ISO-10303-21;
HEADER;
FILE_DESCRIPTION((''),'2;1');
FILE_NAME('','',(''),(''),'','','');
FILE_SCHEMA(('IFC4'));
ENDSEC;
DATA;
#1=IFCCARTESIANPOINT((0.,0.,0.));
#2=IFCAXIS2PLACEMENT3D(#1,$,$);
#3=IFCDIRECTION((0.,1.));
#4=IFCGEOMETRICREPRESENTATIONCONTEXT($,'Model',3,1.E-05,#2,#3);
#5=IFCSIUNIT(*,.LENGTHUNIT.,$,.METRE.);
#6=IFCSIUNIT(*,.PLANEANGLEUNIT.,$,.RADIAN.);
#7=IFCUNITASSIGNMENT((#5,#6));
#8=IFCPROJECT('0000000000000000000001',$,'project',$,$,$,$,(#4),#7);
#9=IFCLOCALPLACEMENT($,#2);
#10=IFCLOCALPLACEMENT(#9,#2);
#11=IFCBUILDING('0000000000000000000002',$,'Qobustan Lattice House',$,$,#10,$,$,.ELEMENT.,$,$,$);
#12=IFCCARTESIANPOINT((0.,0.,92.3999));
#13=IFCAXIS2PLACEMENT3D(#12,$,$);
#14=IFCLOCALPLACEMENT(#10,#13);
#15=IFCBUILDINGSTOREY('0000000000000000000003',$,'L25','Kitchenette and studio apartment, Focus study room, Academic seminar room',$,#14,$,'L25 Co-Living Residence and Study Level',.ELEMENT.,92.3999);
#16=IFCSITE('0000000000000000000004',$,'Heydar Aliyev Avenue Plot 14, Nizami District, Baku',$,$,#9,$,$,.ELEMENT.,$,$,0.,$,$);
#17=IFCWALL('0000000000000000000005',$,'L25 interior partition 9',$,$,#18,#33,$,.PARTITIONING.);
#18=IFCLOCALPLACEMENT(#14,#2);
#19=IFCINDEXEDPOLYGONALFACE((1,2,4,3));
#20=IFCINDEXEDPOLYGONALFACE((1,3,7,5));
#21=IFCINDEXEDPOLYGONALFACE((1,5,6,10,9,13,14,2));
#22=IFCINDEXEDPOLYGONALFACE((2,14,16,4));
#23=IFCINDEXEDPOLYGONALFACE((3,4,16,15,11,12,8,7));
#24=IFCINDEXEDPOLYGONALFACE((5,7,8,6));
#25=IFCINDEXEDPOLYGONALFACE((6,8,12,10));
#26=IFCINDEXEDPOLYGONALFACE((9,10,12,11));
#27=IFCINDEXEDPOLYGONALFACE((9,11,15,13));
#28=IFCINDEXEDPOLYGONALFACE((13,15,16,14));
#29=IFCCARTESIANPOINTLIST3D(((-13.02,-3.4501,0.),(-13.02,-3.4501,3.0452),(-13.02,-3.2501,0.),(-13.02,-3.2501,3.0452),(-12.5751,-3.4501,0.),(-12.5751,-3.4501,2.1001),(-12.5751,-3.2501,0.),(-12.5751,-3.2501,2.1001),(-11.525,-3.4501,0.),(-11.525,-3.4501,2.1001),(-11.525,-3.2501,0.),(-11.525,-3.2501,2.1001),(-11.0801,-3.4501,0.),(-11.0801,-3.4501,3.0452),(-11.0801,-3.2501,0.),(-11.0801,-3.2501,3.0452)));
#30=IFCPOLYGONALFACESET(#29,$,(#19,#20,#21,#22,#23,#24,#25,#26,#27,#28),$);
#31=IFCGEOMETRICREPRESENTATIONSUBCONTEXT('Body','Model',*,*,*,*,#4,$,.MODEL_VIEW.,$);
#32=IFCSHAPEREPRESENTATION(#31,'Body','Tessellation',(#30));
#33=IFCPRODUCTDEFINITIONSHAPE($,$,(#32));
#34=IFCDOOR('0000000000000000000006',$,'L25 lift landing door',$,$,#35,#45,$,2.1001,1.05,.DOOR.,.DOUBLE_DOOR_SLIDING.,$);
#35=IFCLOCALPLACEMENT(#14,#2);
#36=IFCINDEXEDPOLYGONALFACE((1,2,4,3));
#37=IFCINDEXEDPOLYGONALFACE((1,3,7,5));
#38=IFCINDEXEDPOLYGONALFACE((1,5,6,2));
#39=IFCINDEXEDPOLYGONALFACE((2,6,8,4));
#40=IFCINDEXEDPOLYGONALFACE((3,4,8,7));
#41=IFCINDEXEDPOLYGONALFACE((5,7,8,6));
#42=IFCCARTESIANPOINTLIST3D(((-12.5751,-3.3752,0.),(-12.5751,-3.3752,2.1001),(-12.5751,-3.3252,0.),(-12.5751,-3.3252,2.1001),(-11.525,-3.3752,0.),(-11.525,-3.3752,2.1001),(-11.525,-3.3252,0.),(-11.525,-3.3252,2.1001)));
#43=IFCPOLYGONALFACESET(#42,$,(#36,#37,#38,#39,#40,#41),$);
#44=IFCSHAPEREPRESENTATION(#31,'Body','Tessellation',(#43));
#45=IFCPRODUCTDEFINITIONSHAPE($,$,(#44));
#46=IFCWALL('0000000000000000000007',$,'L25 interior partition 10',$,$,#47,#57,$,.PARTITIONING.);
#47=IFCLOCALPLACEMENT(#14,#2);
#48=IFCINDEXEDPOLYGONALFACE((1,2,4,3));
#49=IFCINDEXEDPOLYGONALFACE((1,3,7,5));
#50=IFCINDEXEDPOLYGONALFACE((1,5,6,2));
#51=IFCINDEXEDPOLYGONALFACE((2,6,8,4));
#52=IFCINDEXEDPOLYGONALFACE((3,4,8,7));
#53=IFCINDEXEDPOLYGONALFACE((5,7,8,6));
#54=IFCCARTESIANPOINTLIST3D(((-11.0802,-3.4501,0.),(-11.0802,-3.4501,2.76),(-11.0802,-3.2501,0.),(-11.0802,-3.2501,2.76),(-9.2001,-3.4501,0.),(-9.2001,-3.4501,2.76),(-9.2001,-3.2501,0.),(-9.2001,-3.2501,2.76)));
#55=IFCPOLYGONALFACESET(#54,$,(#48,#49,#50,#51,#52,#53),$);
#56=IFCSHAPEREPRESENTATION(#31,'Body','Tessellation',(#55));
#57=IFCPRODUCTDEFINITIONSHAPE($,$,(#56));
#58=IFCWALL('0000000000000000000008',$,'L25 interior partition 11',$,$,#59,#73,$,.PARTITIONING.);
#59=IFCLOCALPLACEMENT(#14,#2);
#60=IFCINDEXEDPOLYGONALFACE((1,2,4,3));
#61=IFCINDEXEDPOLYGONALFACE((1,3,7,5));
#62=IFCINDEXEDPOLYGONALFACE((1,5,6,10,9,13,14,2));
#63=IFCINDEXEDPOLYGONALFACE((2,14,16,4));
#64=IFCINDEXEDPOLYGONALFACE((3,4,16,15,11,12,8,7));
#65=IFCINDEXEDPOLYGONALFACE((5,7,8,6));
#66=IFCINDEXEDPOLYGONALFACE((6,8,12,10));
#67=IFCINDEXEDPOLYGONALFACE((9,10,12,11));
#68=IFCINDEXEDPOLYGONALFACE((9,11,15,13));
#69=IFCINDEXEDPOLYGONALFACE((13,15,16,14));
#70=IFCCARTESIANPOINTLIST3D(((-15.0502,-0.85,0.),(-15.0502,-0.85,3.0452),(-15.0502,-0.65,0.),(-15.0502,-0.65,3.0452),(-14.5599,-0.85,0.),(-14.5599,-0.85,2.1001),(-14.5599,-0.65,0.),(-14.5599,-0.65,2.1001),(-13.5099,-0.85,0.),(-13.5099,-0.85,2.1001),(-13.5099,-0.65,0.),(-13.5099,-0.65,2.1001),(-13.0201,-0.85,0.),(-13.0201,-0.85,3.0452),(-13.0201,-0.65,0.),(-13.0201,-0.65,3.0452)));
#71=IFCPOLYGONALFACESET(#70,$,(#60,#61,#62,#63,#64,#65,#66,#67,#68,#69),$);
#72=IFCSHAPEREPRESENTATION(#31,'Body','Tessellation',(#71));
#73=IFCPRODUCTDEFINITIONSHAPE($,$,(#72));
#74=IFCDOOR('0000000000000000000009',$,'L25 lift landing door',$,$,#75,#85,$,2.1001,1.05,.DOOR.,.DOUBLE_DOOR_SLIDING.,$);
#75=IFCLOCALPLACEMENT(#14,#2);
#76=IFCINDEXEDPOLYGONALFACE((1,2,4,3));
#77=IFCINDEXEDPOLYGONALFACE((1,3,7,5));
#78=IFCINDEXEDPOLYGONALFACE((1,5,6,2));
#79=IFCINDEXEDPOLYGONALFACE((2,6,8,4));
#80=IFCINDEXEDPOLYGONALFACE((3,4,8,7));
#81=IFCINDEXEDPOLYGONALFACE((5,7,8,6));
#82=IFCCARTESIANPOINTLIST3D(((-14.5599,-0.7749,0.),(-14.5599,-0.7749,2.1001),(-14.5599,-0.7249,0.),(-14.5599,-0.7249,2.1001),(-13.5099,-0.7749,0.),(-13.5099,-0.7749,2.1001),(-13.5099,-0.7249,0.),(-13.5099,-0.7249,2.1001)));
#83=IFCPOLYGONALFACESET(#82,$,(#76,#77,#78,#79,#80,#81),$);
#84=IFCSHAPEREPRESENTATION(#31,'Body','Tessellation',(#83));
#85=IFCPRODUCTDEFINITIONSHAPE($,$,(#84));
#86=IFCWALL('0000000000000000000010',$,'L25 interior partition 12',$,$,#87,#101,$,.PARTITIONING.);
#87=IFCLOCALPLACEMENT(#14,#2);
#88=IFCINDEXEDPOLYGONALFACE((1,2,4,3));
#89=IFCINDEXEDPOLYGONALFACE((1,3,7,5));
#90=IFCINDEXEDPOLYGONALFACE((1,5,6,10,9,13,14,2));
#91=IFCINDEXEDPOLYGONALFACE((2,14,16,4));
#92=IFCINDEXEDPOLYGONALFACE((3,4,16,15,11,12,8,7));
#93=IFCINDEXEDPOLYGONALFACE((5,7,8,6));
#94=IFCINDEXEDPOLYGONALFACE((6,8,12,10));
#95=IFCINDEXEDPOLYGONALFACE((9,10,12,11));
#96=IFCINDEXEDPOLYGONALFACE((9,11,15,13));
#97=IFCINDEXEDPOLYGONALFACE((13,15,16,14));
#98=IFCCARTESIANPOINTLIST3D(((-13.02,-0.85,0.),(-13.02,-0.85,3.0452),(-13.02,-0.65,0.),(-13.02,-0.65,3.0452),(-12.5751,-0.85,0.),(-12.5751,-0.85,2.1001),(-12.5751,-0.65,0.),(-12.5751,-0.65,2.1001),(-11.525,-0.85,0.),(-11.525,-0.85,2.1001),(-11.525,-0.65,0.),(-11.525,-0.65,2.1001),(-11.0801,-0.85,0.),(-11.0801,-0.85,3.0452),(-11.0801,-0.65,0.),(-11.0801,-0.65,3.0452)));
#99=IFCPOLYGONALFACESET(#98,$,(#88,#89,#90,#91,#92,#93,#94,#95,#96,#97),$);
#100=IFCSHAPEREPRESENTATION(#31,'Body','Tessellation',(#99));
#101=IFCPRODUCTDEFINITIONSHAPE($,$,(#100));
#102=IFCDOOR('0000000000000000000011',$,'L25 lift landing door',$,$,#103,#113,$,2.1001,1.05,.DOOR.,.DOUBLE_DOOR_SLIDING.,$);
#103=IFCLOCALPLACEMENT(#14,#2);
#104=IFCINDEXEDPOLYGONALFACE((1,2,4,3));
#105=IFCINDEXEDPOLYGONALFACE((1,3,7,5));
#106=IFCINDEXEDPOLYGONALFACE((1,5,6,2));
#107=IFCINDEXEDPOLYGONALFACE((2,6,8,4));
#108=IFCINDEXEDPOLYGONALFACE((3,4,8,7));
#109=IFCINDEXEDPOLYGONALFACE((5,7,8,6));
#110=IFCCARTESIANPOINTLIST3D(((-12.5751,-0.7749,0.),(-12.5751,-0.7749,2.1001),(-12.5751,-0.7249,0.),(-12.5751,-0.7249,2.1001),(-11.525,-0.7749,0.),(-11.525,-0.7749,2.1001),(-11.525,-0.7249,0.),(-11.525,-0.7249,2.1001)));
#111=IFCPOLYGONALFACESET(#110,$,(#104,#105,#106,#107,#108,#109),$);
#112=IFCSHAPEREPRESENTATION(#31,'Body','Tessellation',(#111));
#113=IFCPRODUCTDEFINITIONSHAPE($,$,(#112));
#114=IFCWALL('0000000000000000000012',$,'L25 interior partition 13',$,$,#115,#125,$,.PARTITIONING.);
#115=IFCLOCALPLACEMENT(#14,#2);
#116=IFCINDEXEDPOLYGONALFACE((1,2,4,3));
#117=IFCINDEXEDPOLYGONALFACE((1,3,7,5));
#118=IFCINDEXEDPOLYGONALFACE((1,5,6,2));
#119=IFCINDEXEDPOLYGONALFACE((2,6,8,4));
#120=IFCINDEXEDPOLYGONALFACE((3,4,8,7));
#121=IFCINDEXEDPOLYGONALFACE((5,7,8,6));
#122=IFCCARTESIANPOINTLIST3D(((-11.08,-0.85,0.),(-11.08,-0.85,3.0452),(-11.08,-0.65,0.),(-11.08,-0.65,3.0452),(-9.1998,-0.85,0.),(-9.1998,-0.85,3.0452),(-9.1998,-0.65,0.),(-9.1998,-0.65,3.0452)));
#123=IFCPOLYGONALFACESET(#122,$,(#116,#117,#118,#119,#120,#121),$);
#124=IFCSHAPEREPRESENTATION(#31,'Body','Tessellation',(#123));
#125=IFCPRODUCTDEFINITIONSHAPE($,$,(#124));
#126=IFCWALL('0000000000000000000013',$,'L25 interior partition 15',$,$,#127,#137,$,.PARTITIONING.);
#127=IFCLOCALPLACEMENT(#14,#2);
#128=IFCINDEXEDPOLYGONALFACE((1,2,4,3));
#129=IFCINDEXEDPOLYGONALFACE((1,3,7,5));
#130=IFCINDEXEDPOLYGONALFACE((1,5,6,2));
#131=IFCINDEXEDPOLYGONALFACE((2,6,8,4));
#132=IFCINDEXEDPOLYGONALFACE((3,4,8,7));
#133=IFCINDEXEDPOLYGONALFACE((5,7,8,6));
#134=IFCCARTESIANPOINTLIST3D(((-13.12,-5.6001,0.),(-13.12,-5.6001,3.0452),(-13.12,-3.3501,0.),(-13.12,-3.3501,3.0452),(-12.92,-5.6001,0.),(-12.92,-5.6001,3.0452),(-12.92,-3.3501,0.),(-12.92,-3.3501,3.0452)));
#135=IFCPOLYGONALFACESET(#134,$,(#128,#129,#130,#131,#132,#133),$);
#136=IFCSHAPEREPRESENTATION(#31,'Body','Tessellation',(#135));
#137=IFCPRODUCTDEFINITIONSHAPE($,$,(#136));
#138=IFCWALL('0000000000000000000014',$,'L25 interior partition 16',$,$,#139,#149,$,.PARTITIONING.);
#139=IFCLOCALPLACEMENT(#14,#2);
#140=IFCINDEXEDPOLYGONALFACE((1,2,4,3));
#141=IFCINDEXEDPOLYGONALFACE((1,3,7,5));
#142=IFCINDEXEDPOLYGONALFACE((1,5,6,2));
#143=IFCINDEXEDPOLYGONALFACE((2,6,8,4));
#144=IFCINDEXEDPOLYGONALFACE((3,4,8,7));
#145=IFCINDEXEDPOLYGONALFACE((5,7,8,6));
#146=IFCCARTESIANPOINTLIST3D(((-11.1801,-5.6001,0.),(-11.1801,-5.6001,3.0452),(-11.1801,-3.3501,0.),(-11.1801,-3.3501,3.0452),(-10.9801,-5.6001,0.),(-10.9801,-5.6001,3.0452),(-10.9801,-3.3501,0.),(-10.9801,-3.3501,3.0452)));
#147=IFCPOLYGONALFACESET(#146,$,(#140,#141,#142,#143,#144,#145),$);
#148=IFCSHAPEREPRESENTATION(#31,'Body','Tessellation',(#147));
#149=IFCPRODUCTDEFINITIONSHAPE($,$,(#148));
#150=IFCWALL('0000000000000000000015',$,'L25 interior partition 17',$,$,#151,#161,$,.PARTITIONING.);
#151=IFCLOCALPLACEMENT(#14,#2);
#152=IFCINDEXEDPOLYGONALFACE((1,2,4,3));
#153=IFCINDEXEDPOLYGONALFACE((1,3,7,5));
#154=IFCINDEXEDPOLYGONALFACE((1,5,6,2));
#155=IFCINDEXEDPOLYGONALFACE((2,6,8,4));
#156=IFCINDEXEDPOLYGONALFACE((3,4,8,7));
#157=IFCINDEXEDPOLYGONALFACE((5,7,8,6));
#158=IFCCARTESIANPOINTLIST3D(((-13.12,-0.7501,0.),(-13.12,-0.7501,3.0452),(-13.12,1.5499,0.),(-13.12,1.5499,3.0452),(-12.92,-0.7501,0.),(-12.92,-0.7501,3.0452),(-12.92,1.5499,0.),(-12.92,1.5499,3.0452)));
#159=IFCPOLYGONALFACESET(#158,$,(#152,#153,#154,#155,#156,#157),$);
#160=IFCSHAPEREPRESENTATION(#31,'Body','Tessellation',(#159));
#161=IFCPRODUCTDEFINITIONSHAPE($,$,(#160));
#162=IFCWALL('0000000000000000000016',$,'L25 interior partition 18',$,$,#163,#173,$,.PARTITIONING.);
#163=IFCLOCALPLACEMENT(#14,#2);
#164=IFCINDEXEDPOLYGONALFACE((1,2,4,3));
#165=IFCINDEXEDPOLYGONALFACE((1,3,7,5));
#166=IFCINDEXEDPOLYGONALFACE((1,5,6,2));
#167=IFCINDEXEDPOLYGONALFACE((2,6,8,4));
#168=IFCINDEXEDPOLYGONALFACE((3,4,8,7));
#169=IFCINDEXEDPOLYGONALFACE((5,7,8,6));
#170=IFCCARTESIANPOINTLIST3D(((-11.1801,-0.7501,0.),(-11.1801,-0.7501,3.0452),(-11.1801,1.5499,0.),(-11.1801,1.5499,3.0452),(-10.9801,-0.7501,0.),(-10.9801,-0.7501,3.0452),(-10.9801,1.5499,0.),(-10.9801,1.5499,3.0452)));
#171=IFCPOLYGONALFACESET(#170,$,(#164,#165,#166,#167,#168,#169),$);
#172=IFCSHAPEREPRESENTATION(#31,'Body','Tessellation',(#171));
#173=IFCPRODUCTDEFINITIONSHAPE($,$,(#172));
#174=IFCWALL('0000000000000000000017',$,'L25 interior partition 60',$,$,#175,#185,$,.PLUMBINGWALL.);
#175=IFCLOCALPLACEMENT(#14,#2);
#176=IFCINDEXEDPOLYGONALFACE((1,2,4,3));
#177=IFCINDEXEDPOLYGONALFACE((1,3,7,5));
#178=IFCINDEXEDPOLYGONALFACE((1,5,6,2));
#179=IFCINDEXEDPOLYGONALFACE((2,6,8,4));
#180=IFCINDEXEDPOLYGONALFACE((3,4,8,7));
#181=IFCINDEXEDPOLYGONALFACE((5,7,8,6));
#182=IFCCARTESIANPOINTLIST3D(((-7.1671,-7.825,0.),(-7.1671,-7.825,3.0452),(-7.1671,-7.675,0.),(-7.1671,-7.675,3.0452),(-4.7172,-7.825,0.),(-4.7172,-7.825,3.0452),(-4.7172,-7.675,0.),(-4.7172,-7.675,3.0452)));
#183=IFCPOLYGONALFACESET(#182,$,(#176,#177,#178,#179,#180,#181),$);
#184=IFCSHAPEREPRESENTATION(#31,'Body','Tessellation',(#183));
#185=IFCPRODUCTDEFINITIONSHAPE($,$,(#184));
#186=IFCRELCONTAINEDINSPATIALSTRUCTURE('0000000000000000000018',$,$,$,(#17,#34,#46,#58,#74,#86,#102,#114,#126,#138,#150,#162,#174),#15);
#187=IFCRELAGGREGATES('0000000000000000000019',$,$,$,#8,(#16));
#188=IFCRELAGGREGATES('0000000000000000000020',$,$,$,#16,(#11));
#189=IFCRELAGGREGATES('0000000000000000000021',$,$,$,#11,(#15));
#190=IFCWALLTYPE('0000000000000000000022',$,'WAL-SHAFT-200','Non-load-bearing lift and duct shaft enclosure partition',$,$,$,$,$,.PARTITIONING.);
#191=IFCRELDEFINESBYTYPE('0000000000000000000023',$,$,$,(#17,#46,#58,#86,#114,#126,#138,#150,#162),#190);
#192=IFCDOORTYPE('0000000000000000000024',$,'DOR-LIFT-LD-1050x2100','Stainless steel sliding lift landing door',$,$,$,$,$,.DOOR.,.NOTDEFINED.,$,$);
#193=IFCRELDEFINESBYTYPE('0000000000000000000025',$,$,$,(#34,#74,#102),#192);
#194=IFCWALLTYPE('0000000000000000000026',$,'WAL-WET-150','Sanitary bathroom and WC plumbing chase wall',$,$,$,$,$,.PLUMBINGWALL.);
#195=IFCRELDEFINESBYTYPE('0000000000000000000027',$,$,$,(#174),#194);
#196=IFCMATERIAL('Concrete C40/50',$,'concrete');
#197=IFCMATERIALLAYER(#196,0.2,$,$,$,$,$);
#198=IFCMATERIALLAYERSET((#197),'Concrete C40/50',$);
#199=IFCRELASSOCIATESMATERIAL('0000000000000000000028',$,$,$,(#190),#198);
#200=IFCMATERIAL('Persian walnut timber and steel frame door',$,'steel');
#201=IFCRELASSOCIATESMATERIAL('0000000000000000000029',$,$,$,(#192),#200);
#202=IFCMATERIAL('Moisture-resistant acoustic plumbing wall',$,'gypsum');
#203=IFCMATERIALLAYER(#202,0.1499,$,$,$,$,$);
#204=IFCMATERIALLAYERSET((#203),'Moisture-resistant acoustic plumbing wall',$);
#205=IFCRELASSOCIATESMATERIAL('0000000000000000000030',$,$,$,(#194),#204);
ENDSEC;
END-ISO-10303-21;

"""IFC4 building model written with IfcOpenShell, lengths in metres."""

from ifc_helpers import new_model, si_unit, direction, frame, frame_2d, origin, place, context, subcontext, project, spatial, rectangle, extrude, material, layer, layer_set, type_object, element, fill, save


model = new_model("IFC4")

# Units and contexts
model_context = context("Model", 3, precision=1e-05, world=origin(), true_north=direction((0.0, 1.0)))
body_context = subcontext(model_context, "Body", "Model", "MODEL_VIEW")
ifc_project = project(units=[si_unit("LENGTHUNIT", "METRE"), si_unit("PLANEANGLEUNIT", "RADIAN")], contexts=[model_context])

# Site, building, storey
site_placement = place(None, origin())
site = spatial("IfcSite", under=ifc_project, at=site_placement, Name="Heydar Aliyev Avenue Plot 14, Nizami District, Baku", CompositionType="ELEMENT", RefElevation=0.0)
building_placement = place(site_placement, origin())
building = spatial("IfcBuilding", under=site, at=building_placement, Name="Qobustan Lattice House", CompositionType="ELEMENT")
storey_placement = place(building_placement, frame((0.0, 0.0, 92.3999)))
storey = spatial("IfcBuildingStorey", under=building, at=storey_placement, Name="L25", Description="Kitchenette and studio apartment, Focus study room, Academic seminar room", LongName="L25 Co-Living Residence and Study Level", CompositionType="ELEMENT", Elevation=92.3999)

# Wall, opening, door
ifc_material_1 = material(Name="Concrete C40/50", Category="concrete")
ifc_layer_1 = layer(ifc_material_1, 0.2)
ifc_layer_set_1 = layer_set([ifc_layer_1], Name="Concrete C40/50")
wall_type_1 = type_object("IfcWallType", Name="WAL-SHAFT-200", Description="Non-load-bearing lift and duct shaft enclosure partition", PredefinedType="PARTITIONING", material=ifc_layer_set_1)
wall_1_placement = place(storey_placement, frame((-13.02, -3.3501, 0.0), z_axis=(0.0, 0.0, 1.0), x_axis=(1.0, 0.0, 0.0)))
wall_1 = element("IfcWall", 1, at=wall_1_placement, inside=storey, type_object=wall_type_1, Name="L25 interior partition 9", PredefinedType="PARTITIONING", context=body_context, shape_type="SweptSolid", body=[
    extrude(rectangle(XDim=1.9399, YDim=0.2, at=frame_2d((0.97, 0.0))), origin(), (0.0, 0.0, 1.0), 3.0452),
])
opening_1_placement = place(wall_1_placement, frame((0.4451, 0.0, 0.0)))
opening_1 = element("IfcOpeningElement", 2, at=opening_1_placement, cuts=wall_1, PredefinedType="OPENING", context=body_context, shape_type="SweptSolid", body=[
    extrude(rectangle(XDim=1.05, YDim=2.1001, at=frame_2d((0.5249, 1.05))), frame((0.0, 0.1099, 0.0), z_axis=(0.0, -1.0, 0.0), x_axis=(1.0, 0.0, 0.0)), (0.0, 0.0, 1.0), 0.22),
])
ifc_material_2 = material(Name="Persian walnut timber and steel frame door", Category="steel")
door_type_1 = type_object("IfcDoorType", Name="DOR-LIFT-LD-1050x2100", Description="Stainless steel sliding lift landing door", OperationType="NOTDEFINED", PredefinedType="DOOR", material=ifc_material_2)
door_1_placement = place(opening_1_placement, origin())
door_1 = element("IfcDoor", 3, at=door_1_placement, inside=storey, type_object=door_type_1, Name="L25 lift landing door", OperationType="DOUBLE_DOOR_SLIDING", OverallHeight=2.1001, OverallWidth=1.05, PredefinedType="DOOR", context=body_context, shape_type="SweptSolid", body=[
    extrude(rectangle(XDim=1.05, YDim=2.1001, at=frame_2d((0.5249, 1.05))), frame((0.0, 0.0249, 0.0), z_axis=(0.0, -1.0, 0.0), x_axis=(1.0, 0.0, 0.0)), (0.0, 0.0, 1.0), 0.05),
])
fill(opening_1, door_1)

# Wall
wall_2_placement = place(storey_placement, frame((-11.0801, -3.3501, 0.0), z_axis=(0.0, 0.0, 1.0), x_axis=(1.0, 0.0, 0.0)))
element("IfcWall", 4, at=wall_2_placement, inside=storey, type_object=wall_type_1, Name="L25 interior partition 10", PredefinedType="PARTITIONING", context=body_context, shape_type="SweptSolid", body=[
    extrude(rectangle(XDim=1.8801, YDim=0.2, at=frame_2d((0.9399, 0.0))), origin(), (0.0, 0.0, 1.0), 2.76),
])

# Walls, openings, doors
wall_3_placement = place(storey_placement, frame((-13.02, -0.75, 0.0), z_axis=(0.0, 0.0, 1.0), x_axis=(-1.0, 0.0, 0.0)))
wall_3 = element("IfcWall", 5, at=wall_3_placement, inside=storey, type_object=wall_type_1, Name="L25 interior partition 11", PredefinedType="PARTITIONING", context=body_context, shape_type="SweptSolid", body=[
    extrude(rectangle(XDim=2.03, YDim=0.2, at=frame_2d((1.0151, 0.0))), origin(), (0.0, 0.0, 1.0), 3.0452),
])
opening_2_placement = place(wall_3_placement, frame((0.49, 0.0, 0.0)))
opening_2 = element("IfcOpeningElement", 6, at=opening_2_placement, cuts=wall_3, PredefinedType="OPENING", context=body_context, shape_type="SweptSolid", body=[
    extrude(rectangle(XDim=1.05, YDim=2.1001, at=frame_2d((0.5249, 1.05))), frame((0.0, 0.1099, 0.0), z_axis=(0.0, -1.0, 0.0), x_axis=(1.0, 0.0, 0.0)), (0.0, 0.0, 1.0), 0.22),
])
door_2_placement = place(opening_2_placement, origin())
door_2 = element("IfcDoor", 7, at=door_2_placement, inside=storey, type_object=door_type_1, Name="L25 lift landing door", OperationType="DOUBLE_DOOR_SLIDING", OverallHeight=2.1001, OverallWidth=1.05, PredefinedType="DOOR", context=body_context, shape_type="SweptSolid", body=[
    extrude(rectangle(XDim=1.05, YDim=2.1001, at=frame_2d((0.5249, 1.05))), frame((0.0, 0.0249, 0.0), z_axis=(0.0, -1.0, 0.0), x_axis=(1.0, 0.0, 0.0)), (0.0, 0.0, 1.0), 0.05),
])
fill(opening_2, door_2)
wall_4_placement = place(storey_placement, frame((-11.0801, -0.75, 0.0), z_axis=(0.0, 0.0, 1.0), x_axis=(-1.0, 0.0, 0.0)))
wall_4 = element("IfcWall", 8, at=wall_4_placement, inside=storey, type_object=wall_type_1, Name="L25 interior partition 12", PredefinedType="PARTITIONING", context=body_context, shape_type="SweptSolid", body=[
    extrude(rectangle(XDim=1.9399, YDim=0.2, at=frame_2d((0.97, 0.0))), origin(), (0.0, 0.0, 1.0), 3.0452),
])
opening_3_placement = place(wall_4_placement, frame((0.4451, 0.0, 0.0)))
opening_3 = element("IfcOpeningElement", 9, at=opening_3_placement, cuts=wall_4, PredefinedType="OPENING", context=body_context, shape_type="SweptSolid", body=[
    extrude(rectangle(XDim=1.05, YDim=2.1001, at=frame_2d((0.5249, 1.05))), frame((0.0, 0.1099, 0.0), z_axis=(0.0, -1.0, 0.0), x_axis=(1.0, 0.0, 0.0)), (0.0, 0.0, 1.0), 0.22),
])
door_3_placement = place(opening_3_placement, origin())
door_3 = element("IfcDoor", 10, at=door_3_placement, inside=storey, type_object=door_type_1, Name="L25 lift landing door", OperationType="DOUBLE_DOOR_SLIDING", OverallHeight=2.1001, OverallWidth=1.05, PredefinedType="DOOR", context=body_context, shape_type="SweptSolid", body=[
    extrude(rectangle(XDim=1.05, YDim=2.1001, at=frame_2d((0.5249, 1.05))), frame((0.0, 0.0249, 0.0), z_axis=(0.0, -1.0, 0.0), x_axis=(1.0, 0.0, 0.0)), (0.0, 0.0, 1.0), 0.05),
])
fill(opening_3, door_3)

# Walls
wall_5_placement = place(storey_placement, frame((-9.2, -0.75, 0.0), z_axis=(0.0, 0.0, 1.0), x_axis=(-1.0, 0.0, 0.0)))
element("IfcWall", 11, at=wall_5_placement, inside=storey, type_object=wall_type_1, Name="L25 interior partition 13", PredefinedType="PARTITIONING", context=body_context, shape_type="SweptSolid", body=[
    extrude(rectangle(XDim=1.8801, YDim=0.2, at=frame_2d((0.9399, 0.0))), origin(), (0.0, 0.0, 1.0), 3.0452),
])
for number, where, z_axis, x_axis, name in (
    (12, (-13.02, -5.6001, 0.0), (0.0, 0.0, 1.0), (0.0, 1.0, 0.0), "L25 interior partition 15"),
    (13, (-11.0801, -5.6001, 0.0), (0.0, 0.0, 1.0), (0.0, 1.0, 0.0), "L25 interior partition 16"),
):
    element("IfcWall", number, at=place(storey_placement, frame(where, z_axis=z_axis, x_axis=x_axis)), inside=storey, type_object=wall_type_1, Name=name, PredefinedType="PARTITIONING", context=body_context, shape_type="SweptSolid", body=[
        extrude(rectangle(XDim=2.25, YDim=0.2, at=frame_2d((1.125, 0.0))), origin(), (0.0, 0.0, 1.0), 3.0452),
    ])
for number, where, z_axis, x_axis, name in (
    (14, (-13.02, -0.75, 0.0), (0.0, 0.0, 1.0), (0.0, 1.0, 0.0), "L25 interior partition 17"),
    (15, (-11.0801, -0.75, 0.0), (0.0, 0.0, 1.0), (0.0, 1.0, 0.0), "L25 interior partition 18"),
):
    element("IfcWall", number, at=place(storey_placement, frame(where, z_axis=z_axis, x_axis=x_axis)), inside=storey, type_object=wall_type_1, Name=name, PredefinedType="PARTITIONING", context=body_context, shape_type="SweptSolid", body=[
        extrude(rectangle(XDim=2.3, YDim=0.2, at=frame_2d((1.1499, 0.0))), origin(), (0.0, 0.0, 1.0), 3.0452),
    ])
ifc_material_3 = material(Name="Moisture-resistant acoustic plumbing wall", Category="gypsum")
ifc_layer_2 = layer(ifc_material_3, 0.1499)
ifc_layer_set_2 = layer_set([ifc_layer_2], Name="Moisture-resistant acoustic plumbing wall")
wall_type_2 = type_object("IfcWallType", Name="WAL-WET-150", Description="Sanitary bathroom and WC plumbing chase wall", PredefinedType="PLUMBINGWALL", material=ifc_layer_set_2)
wall_6_placement = place(storey_placement, frame((-4.717, -7.75, 0.0), z_axis=(0.0, 0.0, 1.0), x_axis=(-1.0, 0.0, 0.0)))
element("IfcWall", 16, at=wall_6_placement, inside=storey, type_object=wall_type_2, Name="L25 interior partition 60", PredefinedType="PLUMBINGWALL", context=body_context, shape_type="SweptSolid", body=[
    extrude(rectangle(XDim=2.45, YDim=0.1499, at=frame_2d((1.2251, 0.0))), origin(), (0.0, 0.0, 1.0), 3.0452),
])

save(model, "model.ifc")
